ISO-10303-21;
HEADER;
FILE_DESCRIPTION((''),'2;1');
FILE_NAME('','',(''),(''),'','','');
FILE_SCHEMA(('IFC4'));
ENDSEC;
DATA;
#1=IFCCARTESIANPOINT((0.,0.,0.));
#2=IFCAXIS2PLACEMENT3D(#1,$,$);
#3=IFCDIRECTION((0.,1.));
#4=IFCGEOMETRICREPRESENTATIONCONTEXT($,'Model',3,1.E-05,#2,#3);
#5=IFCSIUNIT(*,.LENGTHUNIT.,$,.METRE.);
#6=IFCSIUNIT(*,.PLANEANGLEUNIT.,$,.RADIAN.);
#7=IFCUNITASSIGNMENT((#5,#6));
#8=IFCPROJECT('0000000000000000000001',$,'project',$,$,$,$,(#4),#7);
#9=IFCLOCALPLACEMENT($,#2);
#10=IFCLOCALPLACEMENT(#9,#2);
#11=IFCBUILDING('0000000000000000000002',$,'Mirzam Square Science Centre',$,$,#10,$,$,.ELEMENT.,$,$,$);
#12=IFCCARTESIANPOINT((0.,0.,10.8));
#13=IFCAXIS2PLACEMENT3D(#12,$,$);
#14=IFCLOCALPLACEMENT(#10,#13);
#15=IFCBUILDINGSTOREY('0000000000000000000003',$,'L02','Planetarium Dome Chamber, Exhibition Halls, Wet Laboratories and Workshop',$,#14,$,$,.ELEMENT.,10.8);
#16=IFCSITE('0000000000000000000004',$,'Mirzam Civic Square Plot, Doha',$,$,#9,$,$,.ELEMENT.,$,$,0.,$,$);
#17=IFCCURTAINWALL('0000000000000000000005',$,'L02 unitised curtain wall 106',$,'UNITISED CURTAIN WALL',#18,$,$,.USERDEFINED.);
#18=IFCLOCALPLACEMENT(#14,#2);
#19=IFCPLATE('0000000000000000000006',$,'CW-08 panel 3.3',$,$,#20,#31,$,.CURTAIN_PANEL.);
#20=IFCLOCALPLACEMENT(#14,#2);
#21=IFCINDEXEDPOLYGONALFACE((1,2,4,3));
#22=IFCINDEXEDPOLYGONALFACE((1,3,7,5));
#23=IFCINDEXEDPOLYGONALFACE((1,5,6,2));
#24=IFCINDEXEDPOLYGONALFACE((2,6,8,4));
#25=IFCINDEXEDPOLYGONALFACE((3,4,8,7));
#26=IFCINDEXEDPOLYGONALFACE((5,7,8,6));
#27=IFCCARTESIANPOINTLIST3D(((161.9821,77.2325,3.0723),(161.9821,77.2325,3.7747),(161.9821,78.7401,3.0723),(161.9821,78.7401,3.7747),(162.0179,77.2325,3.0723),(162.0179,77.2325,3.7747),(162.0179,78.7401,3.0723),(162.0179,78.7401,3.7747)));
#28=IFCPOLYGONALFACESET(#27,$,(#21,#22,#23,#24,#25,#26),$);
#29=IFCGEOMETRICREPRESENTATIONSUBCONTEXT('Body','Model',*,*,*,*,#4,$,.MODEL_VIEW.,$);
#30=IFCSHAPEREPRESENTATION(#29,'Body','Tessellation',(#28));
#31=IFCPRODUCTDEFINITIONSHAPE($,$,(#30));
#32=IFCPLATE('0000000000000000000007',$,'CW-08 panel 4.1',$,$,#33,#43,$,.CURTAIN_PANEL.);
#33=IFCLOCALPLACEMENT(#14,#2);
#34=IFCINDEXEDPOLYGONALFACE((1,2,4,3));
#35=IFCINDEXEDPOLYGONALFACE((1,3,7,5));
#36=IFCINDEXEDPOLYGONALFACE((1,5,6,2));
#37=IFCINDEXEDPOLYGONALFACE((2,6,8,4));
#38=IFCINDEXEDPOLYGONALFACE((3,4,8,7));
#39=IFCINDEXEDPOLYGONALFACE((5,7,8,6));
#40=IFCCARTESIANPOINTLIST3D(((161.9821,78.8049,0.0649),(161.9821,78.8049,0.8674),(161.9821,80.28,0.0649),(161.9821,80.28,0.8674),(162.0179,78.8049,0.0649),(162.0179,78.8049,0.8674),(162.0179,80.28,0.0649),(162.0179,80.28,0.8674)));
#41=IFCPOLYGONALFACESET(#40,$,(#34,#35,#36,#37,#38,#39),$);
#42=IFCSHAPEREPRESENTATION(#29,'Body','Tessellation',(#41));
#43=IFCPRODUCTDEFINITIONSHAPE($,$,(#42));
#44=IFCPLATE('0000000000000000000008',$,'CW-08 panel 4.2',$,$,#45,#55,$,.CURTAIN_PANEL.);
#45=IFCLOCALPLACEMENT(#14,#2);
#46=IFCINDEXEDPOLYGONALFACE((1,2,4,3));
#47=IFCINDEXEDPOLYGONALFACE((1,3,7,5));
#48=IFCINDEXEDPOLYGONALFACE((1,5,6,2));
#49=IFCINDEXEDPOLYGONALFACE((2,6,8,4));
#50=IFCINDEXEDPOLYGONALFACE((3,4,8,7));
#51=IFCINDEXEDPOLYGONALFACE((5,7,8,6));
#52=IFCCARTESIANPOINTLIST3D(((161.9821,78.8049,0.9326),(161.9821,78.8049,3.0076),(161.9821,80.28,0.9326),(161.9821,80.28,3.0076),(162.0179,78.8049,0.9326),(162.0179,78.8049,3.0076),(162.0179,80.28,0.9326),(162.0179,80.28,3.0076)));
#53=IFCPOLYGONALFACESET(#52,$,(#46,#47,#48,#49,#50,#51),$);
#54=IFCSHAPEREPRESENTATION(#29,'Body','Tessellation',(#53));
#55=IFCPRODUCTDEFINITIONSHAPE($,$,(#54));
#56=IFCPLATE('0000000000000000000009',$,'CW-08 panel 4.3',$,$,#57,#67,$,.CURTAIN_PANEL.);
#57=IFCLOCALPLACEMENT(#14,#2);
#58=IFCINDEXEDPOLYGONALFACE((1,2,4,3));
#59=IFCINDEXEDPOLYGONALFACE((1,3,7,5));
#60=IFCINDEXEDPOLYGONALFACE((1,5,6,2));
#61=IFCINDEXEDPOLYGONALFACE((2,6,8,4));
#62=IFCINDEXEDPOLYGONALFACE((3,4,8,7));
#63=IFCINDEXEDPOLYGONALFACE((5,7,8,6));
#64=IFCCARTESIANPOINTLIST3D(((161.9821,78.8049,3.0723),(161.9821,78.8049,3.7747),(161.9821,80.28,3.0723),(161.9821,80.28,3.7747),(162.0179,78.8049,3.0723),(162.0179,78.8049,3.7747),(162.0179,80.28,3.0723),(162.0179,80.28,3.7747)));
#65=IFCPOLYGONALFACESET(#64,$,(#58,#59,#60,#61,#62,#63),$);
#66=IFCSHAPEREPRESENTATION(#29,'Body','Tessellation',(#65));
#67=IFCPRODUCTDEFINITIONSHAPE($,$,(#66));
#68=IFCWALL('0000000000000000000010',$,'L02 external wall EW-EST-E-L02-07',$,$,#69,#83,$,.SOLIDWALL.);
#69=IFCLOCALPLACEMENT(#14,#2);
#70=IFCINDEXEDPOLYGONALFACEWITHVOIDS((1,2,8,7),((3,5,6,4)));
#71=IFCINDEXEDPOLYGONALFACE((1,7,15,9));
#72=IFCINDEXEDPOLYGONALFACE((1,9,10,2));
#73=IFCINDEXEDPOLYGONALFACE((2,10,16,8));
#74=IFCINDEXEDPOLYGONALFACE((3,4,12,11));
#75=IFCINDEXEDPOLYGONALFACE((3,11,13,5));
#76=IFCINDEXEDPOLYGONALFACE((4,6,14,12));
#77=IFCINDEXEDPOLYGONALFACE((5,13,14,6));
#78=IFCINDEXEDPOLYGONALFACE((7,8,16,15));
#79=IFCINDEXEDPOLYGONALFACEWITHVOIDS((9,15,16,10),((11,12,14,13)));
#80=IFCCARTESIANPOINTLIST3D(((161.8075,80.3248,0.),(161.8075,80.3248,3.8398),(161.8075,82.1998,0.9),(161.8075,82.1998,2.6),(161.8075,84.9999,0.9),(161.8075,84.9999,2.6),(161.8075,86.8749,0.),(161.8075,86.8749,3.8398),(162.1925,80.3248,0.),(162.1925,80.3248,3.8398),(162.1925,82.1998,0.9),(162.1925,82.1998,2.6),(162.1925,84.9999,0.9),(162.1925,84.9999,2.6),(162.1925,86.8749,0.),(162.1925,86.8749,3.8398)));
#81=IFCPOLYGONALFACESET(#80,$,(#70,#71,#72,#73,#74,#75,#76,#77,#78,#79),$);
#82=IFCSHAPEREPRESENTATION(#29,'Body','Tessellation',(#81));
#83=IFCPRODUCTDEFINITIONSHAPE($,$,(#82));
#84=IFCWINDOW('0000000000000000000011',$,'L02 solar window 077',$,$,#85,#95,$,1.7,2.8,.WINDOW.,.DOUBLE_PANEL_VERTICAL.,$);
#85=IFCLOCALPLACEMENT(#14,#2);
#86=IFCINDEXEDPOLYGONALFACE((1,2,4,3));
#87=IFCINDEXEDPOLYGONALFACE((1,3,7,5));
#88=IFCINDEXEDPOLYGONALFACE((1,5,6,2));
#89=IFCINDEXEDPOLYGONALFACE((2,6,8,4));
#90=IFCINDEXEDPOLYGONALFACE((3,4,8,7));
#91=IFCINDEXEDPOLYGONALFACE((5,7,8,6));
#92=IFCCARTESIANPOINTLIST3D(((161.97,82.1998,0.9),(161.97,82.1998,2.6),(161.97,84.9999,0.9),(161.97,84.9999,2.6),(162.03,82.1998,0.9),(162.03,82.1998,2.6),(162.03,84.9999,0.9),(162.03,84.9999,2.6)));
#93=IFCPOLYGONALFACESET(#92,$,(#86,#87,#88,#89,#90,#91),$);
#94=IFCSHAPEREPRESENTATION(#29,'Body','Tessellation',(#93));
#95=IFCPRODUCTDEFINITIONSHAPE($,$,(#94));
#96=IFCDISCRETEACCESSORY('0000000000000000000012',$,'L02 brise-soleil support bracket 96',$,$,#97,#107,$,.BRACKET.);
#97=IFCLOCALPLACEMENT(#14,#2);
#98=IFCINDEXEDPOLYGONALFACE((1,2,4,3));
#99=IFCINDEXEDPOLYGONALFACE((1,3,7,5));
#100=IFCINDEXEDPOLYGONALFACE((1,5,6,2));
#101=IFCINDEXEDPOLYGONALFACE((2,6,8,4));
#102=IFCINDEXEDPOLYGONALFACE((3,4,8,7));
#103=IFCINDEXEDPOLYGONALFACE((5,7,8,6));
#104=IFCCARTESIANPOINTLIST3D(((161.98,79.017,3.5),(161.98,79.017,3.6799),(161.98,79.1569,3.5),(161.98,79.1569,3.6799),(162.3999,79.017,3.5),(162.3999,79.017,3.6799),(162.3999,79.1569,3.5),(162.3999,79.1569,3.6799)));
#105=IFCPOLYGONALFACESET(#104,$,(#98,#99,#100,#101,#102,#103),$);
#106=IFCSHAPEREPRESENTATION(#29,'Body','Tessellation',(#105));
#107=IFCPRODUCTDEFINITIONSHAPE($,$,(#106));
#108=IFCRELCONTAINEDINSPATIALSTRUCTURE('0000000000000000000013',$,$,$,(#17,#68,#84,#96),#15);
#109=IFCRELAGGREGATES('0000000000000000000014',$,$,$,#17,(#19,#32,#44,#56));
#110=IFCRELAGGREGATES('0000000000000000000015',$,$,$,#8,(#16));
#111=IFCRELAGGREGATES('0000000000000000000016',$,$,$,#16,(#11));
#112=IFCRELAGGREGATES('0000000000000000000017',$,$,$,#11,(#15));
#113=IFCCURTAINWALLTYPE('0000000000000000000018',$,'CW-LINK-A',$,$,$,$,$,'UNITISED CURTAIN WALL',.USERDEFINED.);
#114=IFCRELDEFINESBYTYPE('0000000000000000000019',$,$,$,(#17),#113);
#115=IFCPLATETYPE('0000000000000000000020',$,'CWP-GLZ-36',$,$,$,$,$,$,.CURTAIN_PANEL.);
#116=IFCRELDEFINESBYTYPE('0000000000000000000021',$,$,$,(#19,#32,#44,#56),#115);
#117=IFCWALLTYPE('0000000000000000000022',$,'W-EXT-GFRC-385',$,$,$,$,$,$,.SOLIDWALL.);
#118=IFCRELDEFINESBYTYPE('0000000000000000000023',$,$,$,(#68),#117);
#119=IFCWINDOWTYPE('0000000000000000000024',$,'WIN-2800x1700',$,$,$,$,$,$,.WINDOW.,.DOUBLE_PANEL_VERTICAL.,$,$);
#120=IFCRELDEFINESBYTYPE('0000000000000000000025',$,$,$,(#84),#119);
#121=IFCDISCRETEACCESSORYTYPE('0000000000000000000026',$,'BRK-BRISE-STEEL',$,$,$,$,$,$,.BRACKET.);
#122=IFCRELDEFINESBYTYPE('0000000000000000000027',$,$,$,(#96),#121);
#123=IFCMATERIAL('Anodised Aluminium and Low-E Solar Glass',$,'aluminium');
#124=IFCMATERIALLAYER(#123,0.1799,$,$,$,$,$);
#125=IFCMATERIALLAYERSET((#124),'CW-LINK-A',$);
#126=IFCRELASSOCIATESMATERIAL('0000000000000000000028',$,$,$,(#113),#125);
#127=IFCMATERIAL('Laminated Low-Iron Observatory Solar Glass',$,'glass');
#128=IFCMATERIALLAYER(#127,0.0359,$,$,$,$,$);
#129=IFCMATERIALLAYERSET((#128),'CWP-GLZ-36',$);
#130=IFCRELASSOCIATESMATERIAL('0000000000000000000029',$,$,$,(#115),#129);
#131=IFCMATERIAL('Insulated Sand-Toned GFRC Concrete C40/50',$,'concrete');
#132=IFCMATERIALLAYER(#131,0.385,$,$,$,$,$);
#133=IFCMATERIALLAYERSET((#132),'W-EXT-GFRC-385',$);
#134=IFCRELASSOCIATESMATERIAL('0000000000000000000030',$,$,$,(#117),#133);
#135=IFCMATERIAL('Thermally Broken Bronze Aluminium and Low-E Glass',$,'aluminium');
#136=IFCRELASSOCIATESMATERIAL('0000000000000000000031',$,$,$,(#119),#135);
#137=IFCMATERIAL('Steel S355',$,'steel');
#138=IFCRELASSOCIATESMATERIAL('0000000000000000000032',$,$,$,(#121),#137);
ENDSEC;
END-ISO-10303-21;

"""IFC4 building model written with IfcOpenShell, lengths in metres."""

from ifc_helpers import new_model, si_unit, direction, frame, frame_2d, origin, origin_2d, place, context, subcontext, project, spatial, rectangle, extrude, material, layer, layer_set, type_object, element, fill, aggregate, save


model = new_model("IFC4")

# Units and contexts
model_context = context("Model", 3, precision=1e-05, world=origin(), true_north=direction((0.0, 1.0)))
body_context = subcontext(model_context, "Body", "Model", "MODEL_VIEW")
ifc_project = project(units=[si_unit("LENGTHUNIT", "METRE"), si_unit("PLANEANGLEUNIT", "RADIAN")], contexts=[model_context])

# Site, building, storey
site_placement = place(None, origin())
site = spatial("IfcSite", under=ifc_project, at=site_placement, Name="Mirzam Civic Square Plot, Doha", CompositionType="ELEMENT", RefElevation=0.0)
building_placement = place(site_placement, origin())
building = spatial("IfcBuilding", under=site, at=building_placement, Name="Mirzam Square Science Centre", CompositionType="ELEMENT")
storey_placement = place(building_placement, frame((0.0, 0.0, 10.8)))
storey = spatial("IfcBuildingStorey", under=building, at=storey_placement, Name="L02", Description="Planetarium Dome Chamber, Exhibition Halls, Wet Laboratories and Workshop", CompositionType="ELEMENT", Elevation=10.8)

# Shared definitions
ifc_material_1 = material(Name="Steel S355", Category="steel")

# Curtain wall
ifc_material_2 = material(Name="Anodised Aluminium and Low-E Solar Glass", Category="aluminium")
ifc_layer_1 = layer(ifc_material_2, 0.1799)
ifc_layer_set_1 = layer_set([ifc_layer_1], Name="CW-LINK-A")
curtain_wall_type_1 = type_object("IfcCurtainWallType", Name="CW-LINK-A", ElementType="UNITISED CURTAIN WALL", PredefinedType="USERDEFINED", material=ifc_layer_set_1)
curtain_wall_1_placement = place(storey_placement, origin())
curtain_wall_1 = element("IfcCurtainWall", 1, at=curtain_wall_1_placement, inside=storey, type_object=curtain_wall_type_1, Name="L02 unitised curtain wall 106", ObjectType="UNITISED CURTAIN WALL", PredefinedType="USERDEFINED")

# Plates
ifc_material_3 = material(Name="Laminated Low-Iron Observatory Solar Glass", Category="glass")
ifc_layer_2 = layer(ifc_material_3, 0.0359)
ifc_layer_set_2 = layer_set([ifc_layer_2], Name="CWP-GLZ-36")
plate_type_1 = type_object("IfcPlateType", Name="CWP-GLZ-36", PredefinedType="CURTAIN_PANEL", material=ifc_layer_set_2)
plate_1_placement = place(storey_placement, frame((162.0, 77.9863, 3.0723), z_axis=(0.0, 0.0, 1.0), x_axis=(0.0, 1.0, 0.0)))
plate_1 = element("IfcPlate", 2, at=plate_1_placement, type_object=plate_type_1, Name="CW-08 panel 3.3", PredefinedType="CURTAIN_PANEL", context=body_context, shape_type="SweptSolid", body=[
    extrude(rectangle(XDim=1.5076, YDim=0.0359, at=origin_2d()), origin(), (0.0, 0.0, 1.0), 0.7024),
])
plate_2_placement = place(storey_placement, frame((162.0, 79.5425, 0.0649), z_axis=(0.0, 0.0, 1.0), x_axis=(0.0, 1.0, 0.0)))
plate_2 = element("IfcPlate", 3, at=plate_2_placement, type_object=plate_type_1, Name="CW-08 panel 4.1", PredefinedType="CURTAIN_PANEL", context=body_context, shape_type="SweptSolid", body=[
    extrude(rectangle(XDim=1.4751, YDim=0.0359, at=origin_2d()), origin(), (0.0, 0.0, 1.0), 0.8025),
])
plate_3_placement = place(storey_placement, frame((162.0, 79.5425, 0.9326), z_axis=(0.0, 0.0, 1.0), x_axis=(0.0, 1.0, 0.0)))
plate_3 = element("IfcPlate", 4, at=plate_3_placement, type_object=plate_type_1, Name="CW-08 panel 4.2", PredefinedType="CURTAIN_PANEL", context=body_context, shape_type="SweptSolid", body=[
    extrude(rectangle(XDim=1.4751, YDim=0.0359, at=origin_2d()), origin(), (0.0, 0.0, 1.0), 2.075),
])
plate_4_placement = place(storey_placement, frame((162.0, 79.5425, 3.0723), z_axis=(0.0, 0.0, 1.0), x_axis=(0.0, 1.0, 0.0)))
plate_4 = element("IfcPlate", 5, at=plate_4_placement, type_object=plate_type_1, Name="CW-08 panel 4.3", PredefinedType="CURTAIN_PANEL", context=body_context, shape_type="SweptSolid", body=[
    extrude(rectangle(XDim=1.4751, YDim=0.0359, at=origin_2d()), origin(), (0.0, 0.0, 1.0), 0.7024),
])
aggregate(curtain_wall_1, [plate_1, plate_2, plate_3, plate_4])

# Wall, opening, window
ifc_material_4 = material(Name="Insulated Sand-Toned GFRC Concrete C40/50", Category="concrete")
ifc_layer_3 = layer(ifc_material_4, 0.385)
ifc_layer_set_3 = layer_set([ifc_layer_3], Name="W-EXT-GFRC-385")
wall_type = type_object("IfcWallType", Name="W-EXT-GFRC-385", PredefinedType="SOLIDWALL", material=ifc_layer_set_3)
wall_placement = place(storey_placement, frame((162.0, 80.325, 0.0), z_axis=(0.0, 0.0, 1.0), x_axis=(0.0, 1.0, 0.0)))
wall = element("IfcWall", 6, at=wall_placement, inside=storey, type_object=wall_type, Name="L02 external wall EW-EST-E-L02-07", PredefinedType="SOLIDWALL", context=body_context, shape_type="SweptSolid", body=[
    extrude(rectangle(XDim=6.55, YDim=0.385, at=frame_2d((3.2749, 0.0))), origin(), (0.0, 0.0, 1.0), 3.8398),
])
opening_placement = place(wall_placement, frame((1.875, 0.0, 0.8999)))
opening = element("IfcOpeningElement", 7, at=opening_placement, cuts=wall, PredefinedType="OPENING", context=body_context, shape_type="SweptSolid", body=[
    extrude(rectangle(XDim=2.8, YDim=1.7, at=frame_2d((1.3999, 0.8501))), frame((0.0, 0.2024, 0.0), z_axis=(0.0, -1.0, 0.0), x_axis=(1.0, 0.0, 0.0)), (0.0, 0.0, 1.0), 0.405),
])
ifc_material_5 = material(Name="Thermally Broken Bronze Aluminium and Low-E Glass", Category="aluminium")
window_type = type_object("IfcWindowType", Name="WIN-2800x1700", PartitioningType="DOUBLE_PANEL_VERTICAL", PredefinedType="WINDOW", material=ifc_material_5)
window_placement = place(opening_placement, origin())
window = element("IfcWindow", 8, at=window_placement, inside=storey, type_object=window_type, Name="L02 solar window 077", OverallHeight=1.7, OverallWidth=2.8, PartitioningType="DOUBLE_PANEL_VERTICAL", PredefinedType="WINDOW", context=body_context, shape_type="SweptSolid", body=[
    extrude(rectangle(XDim=2.8, YDim=1.7, at=frame_2d((1.3999, 0.8501))), frame((0.0, 0.03, 0.0), z_axis=(0.0, -1.0, 0.0), x_axis=(1.0, 0.0, 0.0)), (0.0, 0.0, 1.0), 0.0601),
])
fill(opening, window)

# Discrete accessory
discrete_accessory_type = type_object("IfcDiscreteAccessoryType", Name="BRK-BRISE-STEEL", PredefinedType="BRACKET", material=ifc_material_1)
discrete_accessory_placement = place(storey_placement, frame((162.1899, 79.0869, 3.5), z_axis=(0.0, 0.0, 1.0), x_axis=(0.0, 1.0, 0.0)))
element("IfcDiscreteAccessory", 9, at=discrete_accessory_placement, inside=storey, type_object=discrete_accessory_type, Name="L02 brise-soleil support bracket 96", PredefinedType="BRACKET", context=body_context, shape_type="SweptSolid", body=[
    extrude(rectangle(XDim=0.1399, YDim=0.4199, at=origin_2d()), origin(), (0.0, 0.0, 1.0), 0.1799),
])

save(model, "model.ifc")
